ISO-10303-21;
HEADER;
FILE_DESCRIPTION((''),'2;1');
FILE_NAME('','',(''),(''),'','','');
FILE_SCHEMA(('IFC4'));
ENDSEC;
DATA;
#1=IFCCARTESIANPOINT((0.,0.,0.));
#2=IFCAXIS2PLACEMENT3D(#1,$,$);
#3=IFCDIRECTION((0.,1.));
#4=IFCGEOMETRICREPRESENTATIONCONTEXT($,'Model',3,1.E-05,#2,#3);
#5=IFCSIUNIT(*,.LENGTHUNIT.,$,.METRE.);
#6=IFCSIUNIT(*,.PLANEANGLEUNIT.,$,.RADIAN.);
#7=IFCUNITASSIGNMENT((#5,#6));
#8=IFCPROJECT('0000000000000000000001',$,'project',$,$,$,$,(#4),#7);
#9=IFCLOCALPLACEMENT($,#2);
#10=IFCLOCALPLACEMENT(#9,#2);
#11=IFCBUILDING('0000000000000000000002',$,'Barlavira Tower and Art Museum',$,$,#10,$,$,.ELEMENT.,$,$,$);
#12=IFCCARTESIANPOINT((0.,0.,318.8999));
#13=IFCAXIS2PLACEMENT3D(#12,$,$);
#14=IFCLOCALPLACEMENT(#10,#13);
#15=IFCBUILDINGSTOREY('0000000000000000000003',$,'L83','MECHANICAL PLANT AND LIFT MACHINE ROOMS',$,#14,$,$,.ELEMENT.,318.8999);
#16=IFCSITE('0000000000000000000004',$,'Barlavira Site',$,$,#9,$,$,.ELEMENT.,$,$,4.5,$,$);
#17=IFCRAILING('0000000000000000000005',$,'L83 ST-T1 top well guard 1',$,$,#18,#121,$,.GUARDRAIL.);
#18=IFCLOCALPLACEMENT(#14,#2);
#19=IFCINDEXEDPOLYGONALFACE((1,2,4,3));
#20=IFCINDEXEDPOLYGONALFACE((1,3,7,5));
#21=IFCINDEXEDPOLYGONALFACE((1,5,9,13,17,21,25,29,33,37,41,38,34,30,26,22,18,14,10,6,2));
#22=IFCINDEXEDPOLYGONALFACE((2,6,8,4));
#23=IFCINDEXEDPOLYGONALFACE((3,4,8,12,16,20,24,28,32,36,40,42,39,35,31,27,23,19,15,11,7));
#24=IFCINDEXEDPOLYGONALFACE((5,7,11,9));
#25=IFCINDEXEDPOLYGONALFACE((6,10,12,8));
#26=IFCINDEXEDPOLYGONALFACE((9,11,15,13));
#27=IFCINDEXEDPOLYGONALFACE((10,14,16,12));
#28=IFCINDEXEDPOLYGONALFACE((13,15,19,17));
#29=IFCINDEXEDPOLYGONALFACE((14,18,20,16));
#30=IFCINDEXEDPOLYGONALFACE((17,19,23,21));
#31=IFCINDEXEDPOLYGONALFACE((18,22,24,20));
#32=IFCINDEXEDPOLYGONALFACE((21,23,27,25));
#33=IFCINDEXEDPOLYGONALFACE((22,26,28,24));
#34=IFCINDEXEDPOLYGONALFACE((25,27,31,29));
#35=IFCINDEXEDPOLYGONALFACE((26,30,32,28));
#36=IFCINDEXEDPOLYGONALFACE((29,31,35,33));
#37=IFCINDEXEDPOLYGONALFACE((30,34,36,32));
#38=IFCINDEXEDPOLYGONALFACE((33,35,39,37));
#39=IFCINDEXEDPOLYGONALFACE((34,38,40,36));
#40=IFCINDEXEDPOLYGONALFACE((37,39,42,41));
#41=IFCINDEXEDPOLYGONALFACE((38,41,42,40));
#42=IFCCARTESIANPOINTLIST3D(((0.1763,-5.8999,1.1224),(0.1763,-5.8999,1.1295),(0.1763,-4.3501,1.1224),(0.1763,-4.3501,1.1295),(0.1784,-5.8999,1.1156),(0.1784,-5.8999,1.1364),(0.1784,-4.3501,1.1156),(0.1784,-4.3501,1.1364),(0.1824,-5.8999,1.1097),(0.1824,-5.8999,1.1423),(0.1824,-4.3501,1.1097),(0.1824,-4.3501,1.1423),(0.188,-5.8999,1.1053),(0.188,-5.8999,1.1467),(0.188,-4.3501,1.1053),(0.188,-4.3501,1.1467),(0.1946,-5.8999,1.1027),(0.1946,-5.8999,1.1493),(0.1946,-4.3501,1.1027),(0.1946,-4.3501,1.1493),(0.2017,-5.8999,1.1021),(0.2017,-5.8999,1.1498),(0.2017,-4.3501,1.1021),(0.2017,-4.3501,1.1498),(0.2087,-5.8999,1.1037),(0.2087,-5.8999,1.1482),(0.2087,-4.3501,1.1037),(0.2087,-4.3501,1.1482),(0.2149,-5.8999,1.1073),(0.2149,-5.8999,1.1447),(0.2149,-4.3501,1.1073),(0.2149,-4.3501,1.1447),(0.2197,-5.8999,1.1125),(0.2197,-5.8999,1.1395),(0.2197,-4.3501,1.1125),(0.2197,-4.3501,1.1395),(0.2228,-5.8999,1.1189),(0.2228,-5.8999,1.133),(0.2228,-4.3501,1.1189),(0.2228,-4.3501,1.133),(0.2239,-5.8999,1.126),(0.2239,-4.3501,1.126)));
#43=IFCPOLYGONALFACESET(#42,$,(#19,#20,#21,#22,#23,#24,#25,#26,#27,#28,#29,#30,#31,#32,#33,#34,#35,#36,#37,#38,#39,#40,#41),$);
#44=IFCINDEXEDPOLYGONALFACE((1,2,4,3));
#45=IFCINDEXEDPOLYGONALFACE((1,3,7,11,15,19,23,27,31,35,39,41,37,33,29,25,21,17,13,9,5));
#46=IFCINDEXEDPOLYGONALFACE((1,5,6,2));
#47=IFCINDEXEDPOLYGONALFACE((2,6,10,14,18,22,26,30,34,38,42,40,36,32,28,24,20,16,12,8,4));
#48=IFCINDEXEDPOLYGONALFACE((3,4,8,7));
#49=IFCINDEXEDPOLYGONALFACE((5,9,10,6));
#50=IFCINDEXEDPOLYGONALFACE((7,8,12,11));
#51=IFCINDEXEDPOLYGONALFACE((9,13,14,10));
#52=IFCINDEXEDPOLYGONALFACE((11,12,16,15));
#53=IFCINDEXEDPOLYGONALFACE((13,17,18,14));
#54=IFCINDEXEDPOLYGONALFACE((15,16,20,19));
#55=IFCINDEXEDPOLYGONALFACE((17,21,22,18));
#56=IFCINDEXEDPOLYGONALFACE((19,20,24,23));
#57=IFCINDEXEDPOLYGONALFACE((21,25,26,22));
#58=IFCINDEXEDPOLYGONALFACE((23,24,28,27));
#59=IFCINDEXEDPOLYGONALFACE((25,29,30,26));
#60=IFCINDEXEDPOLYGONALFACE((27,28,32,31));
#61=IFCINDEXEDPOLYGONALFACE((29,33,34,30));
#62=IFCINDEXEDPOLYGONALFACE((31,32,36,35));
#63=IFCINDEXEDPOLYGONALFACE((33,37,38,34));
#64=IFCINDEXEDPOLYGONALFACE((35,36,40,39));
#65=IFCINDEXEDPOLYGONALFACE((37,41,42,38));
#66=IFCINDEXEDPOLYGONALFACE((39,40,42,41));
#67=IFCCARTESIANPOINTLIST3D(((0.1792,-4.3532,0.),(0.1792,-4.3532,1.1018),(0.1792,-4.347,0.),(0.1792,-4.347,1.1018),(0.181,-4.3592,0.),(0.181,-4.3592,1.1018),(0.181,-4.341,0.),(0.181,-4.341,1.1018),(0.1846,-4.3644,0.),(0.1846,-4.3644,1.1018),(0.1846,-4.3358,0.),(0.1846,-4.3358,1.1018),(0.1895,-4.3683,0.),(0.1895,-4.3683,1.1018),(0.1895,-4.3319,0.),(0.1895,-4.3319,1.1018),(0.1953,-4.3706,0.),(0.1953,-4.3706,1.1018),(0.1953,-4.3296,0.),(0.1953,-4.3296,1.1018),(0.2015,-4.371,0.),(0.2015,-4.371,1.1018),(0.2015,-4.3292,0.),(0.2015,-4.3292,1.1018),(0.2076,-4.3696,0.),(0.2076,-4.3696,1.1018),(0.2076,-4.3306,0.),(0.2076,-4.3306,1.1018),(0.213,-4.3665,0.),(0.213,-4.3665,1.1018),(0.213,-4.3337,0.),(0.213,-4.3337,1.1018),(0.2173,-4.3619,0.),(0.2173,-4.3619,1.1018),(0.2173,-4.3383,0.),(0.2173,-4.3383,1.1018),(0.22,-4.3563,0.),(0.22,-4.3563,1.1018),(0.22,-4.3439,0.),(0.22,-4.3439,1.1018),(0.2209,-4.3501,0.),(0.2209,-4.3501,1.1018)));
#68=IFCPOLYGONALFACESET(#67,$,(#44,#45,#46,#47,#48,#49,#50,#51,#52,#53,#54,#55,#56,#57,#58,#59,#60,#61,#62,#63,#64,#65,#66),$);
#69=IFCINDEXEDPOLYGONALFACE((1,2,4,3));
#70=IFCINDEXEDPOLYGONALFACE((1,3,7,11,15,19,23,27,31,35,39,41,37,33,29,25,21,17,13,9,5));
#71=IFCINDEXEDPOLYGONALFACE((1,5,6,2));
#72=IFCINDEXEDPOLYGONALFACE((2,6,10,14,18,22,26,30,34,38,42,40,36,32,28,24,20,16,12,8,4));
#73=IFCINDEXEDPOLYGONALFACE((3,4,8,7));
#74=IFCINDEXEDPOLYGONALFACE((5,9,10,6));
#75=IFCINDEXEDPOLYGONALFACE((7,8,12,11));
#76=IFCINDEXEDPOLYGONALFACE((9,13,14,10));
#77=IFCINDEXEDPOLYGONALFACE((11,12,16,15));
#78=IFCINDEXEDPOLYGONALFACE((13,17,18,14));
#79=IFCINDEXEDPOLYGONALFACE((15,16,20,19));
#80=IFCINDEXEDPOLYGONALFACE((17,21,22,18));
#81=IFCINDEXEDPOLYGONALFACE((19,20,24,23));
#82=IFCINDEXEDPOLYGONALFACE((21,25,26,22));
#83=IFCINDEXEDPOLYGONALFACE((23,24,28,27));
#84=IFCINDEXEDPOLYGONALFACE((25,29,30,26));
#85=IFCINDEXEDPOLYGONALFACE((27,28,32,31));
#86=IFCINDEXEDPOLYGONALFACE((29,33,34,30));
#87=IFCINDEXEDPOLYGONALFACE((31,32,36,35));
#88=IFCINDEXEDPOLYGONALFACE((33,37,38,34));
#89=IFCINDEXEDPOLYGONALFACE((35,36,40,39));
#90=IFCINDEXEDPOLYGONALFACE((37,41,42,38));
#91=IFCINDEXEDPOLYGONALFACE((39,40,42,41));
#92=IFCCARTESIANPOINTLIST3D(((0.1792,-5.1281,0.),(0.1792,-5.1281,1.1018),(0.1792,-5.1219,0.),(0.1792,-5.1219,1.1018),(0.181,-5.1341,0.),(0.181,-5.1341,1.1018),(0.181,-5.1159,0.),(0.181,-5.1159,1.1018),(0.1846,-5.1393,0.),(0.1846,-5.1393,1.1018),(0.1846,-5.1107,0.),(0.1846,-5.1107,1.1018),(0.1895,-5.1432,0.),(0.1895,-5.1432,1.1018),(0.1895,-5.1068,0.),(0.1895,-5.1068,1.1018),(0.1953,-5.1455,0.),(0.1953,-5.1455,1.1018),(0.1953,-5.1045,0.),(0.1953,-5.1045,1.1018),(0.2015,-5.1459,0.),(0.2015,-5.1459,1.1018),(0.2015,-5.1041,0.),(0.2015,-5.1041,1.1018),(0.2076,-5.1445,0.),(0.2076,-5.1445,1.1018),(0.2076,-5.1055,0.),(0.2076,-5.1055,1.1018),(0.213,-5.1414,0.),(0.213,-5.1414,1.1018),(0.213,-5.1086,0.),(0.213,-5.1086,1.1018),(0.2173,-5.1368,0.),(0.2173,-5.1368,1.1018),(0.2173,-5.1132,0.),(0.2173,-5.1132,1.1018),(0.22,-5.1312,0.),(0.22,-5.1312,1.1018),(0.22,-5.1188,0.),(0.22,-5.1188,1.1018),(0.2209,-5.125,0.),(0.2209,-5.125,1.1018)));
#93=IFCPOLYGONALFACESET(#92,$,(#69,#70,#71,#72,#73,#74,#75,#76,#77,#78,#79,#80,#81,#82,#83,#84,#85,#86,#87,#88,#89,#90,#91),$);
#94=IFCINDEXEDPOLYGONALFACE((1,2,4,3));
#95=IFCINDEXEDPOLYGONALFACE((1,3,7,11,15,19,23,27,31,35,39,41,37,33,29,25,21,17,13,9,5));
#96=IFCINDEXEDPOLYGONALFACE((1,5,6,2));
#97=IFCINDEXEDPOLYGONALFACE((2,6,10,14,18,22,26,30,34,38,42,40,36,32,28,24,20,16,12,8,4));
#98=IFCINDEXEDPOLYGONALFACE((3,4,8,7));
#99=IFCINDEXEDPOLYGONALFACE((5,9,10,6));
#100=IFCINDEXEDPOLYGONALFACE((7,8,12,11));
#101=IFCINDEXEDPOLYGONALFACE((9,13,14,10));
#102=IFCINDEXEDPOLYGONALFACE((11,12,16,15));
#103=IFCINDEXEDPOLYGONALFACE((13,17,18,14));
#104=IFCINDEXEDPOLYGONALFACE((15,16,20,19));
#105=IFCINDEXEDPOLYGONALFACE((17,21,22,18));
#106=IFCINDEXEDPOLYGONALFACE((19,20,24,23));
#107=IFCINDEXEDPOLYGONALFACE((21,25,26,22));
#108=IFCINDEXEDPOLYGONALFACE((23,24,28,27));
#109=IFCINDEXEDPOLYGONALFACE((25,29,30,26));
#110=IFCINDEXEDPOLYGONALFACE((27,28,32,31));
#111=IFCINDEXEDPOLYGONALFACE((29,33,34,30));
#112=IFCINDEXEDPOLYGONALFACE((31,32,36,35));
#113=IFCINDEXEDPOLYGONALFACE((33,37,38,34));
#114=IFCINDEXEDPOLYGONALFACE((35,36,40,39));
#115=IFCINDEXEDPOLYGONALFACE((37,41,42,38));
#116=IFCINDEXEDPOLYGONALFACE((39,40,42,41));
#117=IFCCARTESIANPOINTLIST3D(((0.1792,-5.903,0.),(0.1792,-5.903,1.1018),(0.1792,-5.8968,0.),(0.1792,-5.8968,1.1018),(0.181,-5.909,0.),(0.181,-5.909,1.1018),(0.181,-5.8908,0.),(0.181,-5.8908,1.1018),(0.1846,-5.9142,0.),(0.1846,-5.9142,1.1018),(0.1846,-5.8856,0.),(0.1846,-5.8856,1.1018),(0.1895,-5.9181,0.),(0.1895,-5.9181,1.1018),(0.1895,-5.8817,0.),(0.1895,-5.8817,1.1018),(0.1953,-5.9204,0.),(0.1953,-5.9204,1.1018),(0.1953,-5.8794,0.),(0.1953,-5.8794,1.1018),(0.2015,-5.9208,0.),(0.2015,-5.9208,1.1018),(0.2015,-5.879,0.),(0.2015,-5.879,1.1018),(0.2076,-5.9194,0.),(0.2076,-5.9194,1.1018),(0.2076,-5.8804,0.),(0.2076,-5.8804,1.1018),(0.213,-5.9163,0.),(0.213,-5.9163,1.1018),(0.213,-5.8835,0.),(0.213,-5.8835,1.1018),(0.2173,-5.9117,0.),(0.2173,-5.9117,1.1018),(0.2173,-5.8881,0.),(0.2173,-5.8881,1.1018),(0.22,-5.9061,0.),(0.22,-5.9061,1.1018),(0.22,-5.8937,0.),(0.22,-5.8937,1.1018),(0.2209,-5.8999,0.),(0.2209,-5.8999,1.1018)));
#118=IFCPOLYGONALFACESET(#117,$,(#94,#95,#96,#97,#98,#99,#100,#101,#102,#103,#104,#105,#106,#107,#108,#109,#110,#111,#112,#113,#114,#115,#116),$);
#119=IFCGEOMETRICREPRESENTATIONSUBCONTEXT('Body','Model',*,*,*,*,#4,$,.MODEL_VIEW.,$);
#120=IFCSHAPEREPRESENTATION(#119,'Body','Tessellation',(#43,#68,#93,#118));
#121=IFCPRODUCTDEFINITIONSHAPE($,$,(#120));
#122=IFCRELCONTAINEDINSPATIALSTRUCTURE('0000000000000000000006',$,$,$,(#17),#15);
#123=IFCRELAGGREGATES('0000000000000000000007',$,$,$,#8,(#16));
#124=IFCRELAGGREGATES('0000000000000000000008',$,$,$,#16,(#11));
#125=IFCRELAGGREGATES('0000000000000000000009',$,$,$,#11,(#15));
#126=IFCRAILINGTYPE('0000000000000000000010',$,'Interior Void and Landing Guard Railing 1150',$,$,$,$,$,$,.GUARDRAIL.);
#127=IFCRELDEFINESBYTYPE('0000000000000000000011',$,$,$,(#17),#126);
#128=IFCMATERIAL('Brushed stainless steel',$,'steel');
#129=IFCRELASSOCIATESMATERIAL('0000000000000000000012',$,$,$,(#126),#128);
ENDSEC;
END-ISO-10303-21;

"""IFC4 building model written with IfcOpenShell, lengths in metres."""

from ifc_helpers import new_model, si_unit, direction, frame, origin, origin_2d, place, context, subcontext, project, spatial, circle, extrude, material, type_object, element, save


model = new_model("IFC4")

# Units and contexts
model_context = context("Model", 3, precision=1e-05, world=origin(), true_north=direction((0.0, 1.0)))
body_context = subcontext(model_context, "Body", "Model", "MODEL_VIEW")
ifc_project = project(units=[si_unit("LENGTHUNIT", "METRE"), si_unit("PLANEANGLEUNIT", "RADIAN")], contexts=[model_context])

# Site, building, storey
site_placement = place(None, origin())
site = spatial("IfcSite", under=ifc_project, at=site_placement, Name="Barlavira Site", CompositionType="ELEMENT", RefElevation=4.5)
building_placement = place(site_placement, origin())
building = spatial("IfcBuilding", under=site, at=building_placement, Name="Barlavira Tower and Art Museum", CompositionType="ELEMENT")
storey_placement = place(building_placement, frame((0.0, 0.0, 318.8999)))
storey = spatial("IfcBuildingStorey", under=building, at=storey_placement, Name="L83", Description="MECHANICAL PLANT AND LIFT MACHINE ROOMS", CompositionType="ELEMENT", Elevation=318.8999)

# Shared definitions
ifc_material_1 = material(Name="Brushed stainless steel", Category="steel")

# Railing
railing_type = type_object("IfcRailingType", Name="Interior Void and Landing Guard Railing 1150", PredefinedType="GUARDRAIL", material=ifc_material_1)
railing_placement = place(storey_placement, frame((0.2, -4.3501, 0.0)))
element("IfcRailing", 1, at=railing_placement, inside=storey, type_object=railing_type, Name="L83 ST-T1 top well guard 1", PredefinedType="GUARDRAIL", context=body_context, shape_type="SweptSolid", body=[
    extrude(circle(Radius=0.0239, at=origin_2d()), frame((0.0, 0.0, 1.126), z_axis=(0.0, -1.0, 0.0), x_axis=(1.0, 0.0, 0.0)), (0.0, 0.0, 1.0), 1.5498),
    extrude(circle(Radius=0.021, at=origin_2d()), origin(), (0.0, 0.0, 1.0), 1.1018),
    extrude(circle(Radius=0.021, at=origin_2d()), frame((0.0, -0.7749, 0.0)), (0.0, 0.0, 1.0), 1.1018),
    extrude(circle(Radius=0.021, at=origin_2d()), frame((0.0, -1.5498, 0.0)), (0.0, 0.0, 1.0), 1.1018),
])

save(model, "model.ifc")
